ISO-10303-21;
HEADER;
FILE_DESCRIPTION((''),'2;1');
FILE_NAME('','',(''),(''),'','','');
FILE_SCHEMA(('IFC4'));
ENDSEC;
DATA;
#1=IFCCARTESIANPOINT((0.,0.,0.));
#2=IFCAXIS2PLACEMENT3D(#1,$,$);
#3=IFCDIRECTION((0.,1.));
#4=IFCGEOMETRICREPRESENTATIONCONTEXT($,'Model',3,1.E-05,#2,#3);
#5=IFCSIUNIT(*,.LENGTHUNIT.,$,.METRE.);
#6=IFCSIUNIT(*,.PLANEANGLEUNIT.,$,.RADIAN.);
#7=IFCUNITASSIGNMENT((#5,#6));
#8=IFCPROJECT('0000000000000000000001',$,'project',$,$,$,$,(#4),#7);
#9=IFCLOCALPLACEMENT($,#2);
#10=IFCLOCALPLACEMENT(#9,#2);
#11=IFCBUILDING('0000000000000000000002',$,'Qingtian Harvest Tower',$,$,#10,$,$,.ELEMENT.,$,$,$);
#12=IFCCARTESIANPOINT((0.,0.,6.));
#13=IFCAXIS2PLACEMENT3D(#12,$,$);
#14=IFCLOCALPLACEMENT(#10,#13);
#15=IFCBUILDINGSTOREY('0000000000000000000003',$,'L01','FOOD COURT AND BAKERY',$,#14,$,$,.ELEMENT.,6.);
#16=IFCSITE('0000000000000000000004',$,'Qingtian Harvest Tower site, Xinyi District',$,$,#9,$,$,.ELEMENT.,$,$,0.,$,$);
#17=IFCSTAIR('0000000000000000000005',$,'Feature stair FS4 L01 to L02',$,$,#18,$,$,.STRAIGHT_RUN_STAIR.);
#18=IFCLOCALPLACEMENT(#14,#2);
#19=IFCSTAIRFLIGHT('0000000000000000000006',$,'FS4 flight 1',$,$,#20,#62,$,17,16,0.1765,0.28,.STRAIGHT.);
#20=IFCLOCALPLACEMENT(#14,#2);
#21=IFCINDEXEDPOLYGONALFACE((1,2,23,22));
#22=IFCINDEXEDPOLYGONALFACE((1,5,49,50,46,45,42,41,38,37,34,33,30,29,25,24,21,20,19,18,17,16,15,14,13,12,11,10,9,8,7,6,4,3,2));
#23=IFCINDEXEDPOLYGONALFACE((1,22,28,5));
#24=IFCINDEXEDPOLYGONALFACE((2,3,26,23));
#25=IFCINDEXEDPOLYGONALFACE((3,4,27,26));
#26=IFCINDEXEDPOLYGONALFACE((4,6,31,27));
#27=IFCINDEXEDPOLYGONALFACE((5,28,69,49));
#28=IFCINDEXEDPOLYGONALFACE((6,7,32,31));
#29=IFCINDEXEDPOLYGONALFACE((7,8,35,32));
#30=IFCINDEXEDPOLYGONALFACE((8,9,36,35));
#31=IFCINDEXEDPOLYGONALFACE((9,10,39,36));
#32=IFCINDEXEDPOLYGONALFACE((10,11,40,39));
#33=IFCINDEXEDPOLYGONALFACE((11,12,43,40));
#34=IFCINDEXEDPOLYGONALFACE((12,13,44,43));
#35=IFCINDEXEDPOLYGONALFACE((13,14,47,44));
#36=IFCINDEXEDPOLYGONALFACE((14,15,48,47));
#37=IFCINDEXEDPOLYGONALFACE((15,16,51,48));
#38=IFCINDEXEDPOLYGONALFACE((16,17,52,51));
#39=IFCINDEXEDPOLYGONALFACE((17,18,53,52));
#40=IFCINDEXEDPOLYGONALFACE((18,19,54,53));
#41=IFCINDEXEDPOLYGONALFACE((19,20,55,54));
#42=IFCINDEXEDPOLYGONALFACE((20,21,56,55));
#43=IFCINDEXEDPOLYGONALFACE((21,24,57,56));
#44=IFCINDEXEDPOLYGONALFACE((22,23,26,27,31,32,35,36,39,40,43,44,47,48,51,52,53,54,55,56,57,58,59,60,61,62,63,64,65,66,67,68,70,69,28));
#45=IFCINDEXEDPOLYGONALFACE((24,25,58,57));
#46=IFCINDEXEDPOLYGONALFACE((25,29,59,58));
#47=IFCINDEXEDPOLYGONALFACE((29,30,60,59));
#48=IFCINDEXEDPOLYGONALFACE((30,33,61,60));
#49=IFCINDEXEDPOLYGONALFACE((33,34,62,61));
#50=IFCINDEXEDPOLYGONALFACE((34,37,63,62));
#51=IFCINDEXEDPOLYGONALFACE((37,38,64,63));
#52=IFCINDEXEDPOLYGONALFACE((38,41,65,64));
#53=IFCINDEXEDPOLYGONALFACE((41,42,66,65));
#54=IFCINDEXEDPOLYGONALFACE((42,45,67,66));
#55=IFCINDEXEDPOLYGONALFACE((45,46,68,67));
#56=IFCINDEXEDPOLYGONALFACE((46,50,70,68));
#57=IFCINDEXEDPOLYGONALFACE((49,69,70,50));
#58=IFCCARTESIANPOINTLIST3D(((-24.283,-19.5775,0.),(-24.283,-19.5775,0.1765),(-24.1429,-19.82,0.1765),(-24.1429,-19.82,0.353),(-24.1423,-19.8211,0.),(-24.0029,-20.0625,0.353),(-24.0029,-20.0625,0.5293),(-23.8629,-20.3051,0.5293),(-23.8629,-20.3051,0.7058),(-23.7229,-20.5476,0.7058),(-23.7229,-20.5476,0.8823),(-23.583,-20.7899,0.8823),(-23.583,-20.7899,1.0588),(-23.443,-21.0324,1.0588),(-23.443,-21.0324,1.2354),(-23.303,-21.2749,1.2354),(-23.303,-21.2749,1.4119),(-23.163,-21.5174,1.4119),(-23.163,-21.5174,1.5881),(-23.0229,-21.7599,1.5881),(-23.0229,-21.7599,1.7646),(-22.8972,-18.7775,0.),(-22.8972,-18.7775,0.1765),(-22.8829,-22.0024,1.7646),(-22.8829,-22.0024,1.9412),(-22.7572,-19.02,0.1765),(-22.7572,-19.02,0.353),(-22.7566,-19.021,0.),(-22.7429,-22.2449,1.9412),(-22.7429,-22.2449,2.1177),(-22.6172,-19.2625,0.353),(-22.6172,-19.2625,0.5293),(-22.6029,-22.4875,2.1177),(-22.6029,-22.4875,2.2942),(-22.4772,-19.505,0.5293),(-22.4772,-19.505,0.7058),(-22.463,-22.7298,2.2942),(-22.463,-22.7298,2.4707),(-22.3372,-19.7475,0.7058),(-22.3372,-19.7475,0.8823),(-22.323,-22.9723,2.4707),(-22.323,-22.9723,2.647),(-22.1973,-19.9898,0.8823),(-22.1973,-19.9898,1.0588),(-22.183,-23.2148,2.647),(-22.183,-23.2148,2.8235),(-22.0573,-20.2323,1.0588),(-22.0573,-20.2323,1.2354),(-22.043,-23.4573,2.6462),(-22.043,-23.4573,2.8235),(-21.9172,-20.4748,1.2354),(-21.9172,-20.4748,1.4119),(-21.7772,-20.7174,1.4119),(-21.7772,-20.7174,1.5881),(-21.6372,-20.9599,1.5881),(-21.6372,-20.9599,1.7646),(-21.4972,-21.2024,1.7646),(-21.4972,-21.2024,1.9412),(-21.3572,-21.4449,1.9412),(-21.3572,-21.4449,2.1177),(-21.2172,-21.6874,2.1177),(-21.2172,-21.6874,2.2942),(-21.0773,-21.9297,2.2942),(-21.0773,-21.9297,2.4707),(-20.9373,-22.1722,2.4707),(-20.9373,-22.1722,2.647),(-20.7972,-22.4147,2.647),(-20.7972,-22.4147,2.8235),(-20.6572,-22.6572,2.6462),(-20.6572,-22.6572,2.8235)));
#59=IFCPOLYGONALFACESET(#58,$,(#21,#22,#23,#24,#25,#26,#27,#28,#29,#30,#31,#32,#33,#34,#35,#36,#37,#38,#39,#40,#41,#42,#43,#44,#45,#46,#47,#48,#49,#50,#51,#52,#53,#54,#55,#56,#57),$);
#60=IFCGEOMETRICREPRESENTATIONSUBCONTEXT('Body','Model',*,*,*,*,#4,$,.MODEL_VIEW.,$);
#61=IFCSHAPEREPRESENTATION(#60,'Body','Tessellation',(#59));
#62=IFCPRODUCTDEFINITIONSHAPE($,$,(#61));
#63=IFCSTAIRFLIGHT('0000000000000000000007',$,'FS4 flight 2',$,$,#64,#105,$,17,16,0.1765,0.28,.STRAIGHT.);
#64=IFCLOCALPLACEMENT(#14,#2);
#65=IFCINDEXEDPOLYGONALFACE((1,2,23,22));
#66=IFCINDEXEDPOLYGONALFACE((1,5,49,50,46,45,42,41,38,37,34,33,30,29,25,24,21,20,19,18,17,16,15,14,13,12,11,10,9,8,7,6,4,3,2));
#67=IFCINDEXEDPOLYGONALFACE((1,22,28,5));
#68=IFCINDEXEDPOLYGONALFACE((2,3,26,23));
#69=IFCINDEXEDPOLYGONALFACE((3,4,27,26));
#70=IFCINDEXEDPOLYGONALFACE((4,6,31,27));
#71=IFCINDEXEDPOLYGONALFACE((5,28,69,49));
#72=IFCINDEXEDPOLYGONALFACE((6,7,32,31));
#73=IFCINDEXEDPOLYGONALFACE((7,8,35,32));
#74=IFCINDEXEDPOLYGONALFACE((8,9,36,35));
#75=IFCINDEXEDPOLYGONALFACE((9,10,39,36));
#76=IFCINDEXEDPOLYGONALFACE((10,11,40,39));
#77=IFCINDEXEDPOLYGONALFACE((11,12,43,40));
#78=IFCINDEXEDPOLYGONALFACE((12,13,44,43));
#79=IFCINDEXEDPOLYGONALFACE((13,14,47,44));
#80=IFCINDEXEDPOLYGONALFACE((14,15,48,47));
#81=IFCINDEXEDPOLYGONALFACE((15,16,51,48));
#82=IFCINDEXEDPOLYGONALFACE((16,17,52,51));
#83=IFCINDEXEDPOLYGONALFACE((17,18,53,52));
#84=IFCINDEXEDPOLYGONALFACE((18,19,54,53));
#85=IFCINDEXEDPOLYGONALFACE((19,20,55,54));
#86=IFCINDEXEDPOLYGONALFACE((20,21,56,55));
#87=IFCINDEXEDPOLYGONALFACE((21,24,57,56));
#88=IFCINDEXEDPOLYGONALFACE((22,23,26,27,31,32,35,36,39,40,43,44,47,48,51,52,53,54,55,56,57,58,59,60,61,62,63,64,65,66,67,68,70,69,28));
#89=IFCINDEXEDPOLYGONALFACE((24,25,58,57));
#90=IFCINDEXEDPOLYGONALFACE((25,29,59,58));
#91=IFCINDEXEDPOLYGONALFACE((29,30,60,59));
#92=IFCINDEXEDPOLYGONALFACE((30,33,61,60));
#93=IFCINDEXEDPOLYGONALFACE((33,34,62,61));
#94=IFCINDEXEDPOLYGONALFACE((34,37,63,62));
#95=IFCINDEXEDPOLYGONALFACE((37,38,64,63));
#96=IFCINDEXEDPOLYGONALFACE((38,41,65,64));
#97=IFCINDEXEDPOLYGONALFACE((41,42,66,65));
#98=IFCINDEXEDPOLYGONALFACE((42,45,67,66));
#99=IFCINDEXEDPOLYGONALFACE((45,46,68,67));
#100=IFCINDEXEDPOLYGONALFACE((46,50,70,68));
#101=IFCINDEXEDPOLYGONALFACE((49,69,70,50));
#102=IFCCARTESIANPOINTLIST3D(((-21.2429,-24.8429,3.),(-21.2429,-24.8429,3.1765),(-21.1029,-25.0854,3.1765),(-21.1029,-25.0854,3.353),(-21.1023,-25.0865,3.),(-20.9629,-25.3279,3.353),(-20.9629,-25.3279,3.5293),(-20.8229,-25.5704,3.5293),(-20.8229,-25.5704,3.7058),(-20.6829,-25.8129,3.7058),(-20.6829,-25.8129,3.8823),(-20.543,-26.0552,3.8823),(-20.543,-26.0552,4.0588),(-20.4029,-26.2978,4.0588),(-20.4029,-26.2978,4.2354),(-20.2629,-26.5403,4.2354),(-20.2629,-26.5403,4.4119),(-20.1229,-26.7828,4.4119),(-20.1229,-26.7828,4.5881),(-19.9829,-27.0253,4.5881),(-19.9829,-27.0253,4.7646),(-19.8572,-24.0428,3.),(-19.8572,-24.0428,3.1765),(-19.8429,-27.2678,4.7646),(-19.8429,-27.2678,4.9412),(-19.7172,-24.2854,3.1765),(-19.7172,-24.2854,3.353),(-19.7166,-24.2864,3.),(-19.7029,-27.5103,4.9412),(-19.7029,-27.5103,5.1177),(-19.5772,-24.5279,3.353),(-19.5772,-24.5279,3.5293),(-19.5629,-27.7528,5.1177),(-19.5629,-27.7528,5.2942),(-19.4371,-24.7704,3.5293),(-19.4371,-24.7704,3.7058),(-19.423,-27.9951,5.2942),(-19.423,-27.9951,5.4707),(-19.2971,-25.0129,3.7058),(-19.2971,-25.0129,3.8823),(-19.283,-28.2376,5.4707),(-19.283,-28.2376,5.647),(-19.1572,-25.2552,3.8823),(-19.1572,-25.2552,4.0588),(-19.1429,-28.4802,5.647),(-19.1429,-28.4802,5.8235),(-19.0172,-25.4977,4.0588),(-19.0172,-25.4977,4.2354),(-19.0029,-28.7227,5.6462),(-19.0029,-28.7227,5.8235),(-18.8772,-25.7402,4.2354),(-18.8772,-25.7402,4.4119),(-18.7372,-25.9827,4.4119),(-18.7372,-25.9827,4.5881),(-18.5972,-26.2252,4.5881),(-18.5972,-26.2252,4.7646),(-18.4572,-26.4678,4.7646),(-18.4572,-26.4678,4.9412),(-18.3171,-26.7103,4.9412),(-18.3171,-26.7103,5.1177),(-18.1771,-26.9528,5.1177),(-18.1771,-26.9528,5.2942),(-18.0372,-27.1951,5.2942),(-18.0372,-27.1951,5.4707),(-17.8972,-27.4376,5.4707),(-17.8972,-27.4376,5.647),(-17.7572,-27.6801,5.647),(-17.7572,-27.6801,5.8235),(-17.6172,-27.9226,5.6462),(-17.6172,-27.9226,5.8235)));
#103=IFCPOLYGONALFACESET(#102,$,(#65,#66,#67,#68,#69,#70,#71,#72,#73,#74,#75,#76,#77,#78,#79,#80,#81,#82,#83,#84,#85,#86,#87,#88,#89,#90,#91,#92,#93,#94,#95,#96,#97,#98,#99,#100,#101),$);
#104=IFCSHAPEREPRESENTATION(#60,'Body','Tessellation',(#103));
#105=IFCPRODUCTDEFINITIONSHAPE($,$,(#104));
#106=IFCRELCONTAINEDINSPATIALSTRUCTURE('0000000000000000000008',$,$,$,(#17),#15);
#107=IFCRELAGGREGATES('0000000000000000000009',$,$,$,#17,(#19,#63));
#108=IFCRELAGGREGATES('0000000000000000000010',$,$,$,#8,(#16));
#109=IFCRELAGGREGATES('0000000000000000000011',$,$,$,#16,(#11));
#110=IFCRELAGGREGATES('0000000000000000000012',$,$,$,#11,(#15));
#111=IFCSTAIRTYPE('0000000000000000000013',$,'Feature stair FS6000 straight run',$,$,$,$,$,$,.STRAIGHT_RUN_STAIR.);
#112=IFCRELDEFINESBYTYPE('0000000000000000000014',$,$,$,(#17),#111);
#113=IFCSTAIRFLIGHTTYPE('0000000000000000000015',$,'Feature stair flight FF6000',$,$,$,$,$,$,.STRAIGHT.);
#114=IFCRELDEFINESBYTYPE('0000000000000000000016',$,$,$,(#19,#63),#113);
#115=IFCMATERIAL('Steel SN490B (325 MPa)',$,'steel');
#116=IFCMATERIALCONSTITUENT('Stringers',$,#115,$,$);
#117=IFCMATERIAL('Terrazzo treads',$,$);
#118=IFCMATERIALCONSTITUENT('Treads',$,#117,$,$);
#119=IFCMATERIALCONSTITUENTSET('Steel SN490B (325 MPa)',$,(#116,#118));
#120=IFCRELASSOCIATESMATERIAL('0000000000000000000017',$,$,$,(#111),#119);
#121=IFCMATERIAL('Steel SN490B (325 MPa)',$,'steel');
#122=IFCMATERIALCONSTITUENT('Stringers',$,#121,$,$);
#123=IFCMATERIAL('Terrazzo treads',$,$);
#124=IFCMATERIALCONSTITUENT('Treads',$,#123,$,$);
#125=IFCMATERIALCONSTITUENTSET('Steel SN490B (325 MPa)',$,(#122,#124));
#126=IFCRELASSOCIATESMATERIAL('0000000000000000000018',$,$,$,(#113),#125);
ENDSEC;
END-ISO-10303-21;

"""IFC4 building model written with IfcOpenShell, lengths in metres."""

from ifc_helpers import new_model, si_unit, direction, frame, origin, place, context, subcontext, project, spatial, polyline, outline, extrude, material, constituent, constituent_set, type_object, element, aggregate, save


model = new_model("IFC4")

# Units and contexts
model_context = context("Model", 3, precision=1e-05, world=origin(), true_north=direction((0.0, 1.0)))
body_context = subcontext(model_context, "Body", "Model", "MODEL_VIEW")
ifc_project = project(units=[si_unit("LENGTHUNIT", "METRE"), si_unit("PLANEANGLEUNIT", "RADIAN")], contexts=[model_context])

# Site, building, storey
site_placement = place(None, origin())
site = spatial("IfcSite", under=ifc_project, at=site_placement, Name="Qingtian Harvest Tower site, Xinyi District", CompositionType="ELEMENT", RefElevation=0.0)
building_placement = place(site_placement, origin())
building = spatial("IfcBuilding", under=site, at=building_placement, Name="Qingtian Harvest Tower", CompositionType="ELEMENT")
storey_placement = place(building_placement, frame((0.0, 0.0, 6.0)))
storey = spatial("IfcBuildingStorey", under=building, at=storey_placement, Name="L01", Description="FOOD COURT AND BAKERY", CompositionType="ELEMENT", Elevation=6.0)

# Stair, stair flights
ifc_material_1 = material(Name="Steel SN490B (325 MPa)", Category="steel")
ifc_constituent_1 = constituent(ifc_material_1, Name="Stringers")
ifc_material_2 = material(Name="Terrazzo treads")
ifc_constituent_2 = constituent(ifc_material_2, Name="Treads")
ifc_constituent_set_1 = constituent_set(constituents=[ifc_constituent_1, ifc_constituent_2], Name="Steel SN490B (325 MPa)")
stair_type = type_object("IfcStairType", Name="Feature stair FS6000 straight run", PredefinedType="STRAIGHT_RUN_STAIR", material=ifc_constituent_set_1)
stair_placement = place(storey_placement, origin())
stair = element("IfcStair", 1, at=stair_placement, inside=storey, type_object=stair_type, Name="Feature stair FS4 L01 to L02", PredefinedType="STRAIGHT_RUN_STAIR")
ifc_material_3 = material(Name="Steel SN490B (325 MPa)", Category="steel")
ifc_constituent_3 = constituent(ifc_material_3, Name="Stringers")
ifc_material_4 = material(Name="Terrazzo treads")
ifc_constituent_4 = constituent(ifc_material_4, Name="Treads")
ifc_constituent_set_2 = constituent_set(constituents=[ifc_constituent_3, ifc_constituent_4], Name="Steel SN490B (325 MPa)")
stair_flight_type = type_object("IfcStairFlightType", Name="Feature stair flight FF6000", PredefinedType="STRAIGHT", material=ifc_constituent_set_2)
stair_flight_1_placement = place(storey_placement, frame((-23.5901, -19.1775, 0.0), z_axis=(0.0, 0.0, 1.0), x_axis=(0.5, -0.866025, 0.0)))
stair_flight_1 = element("IfcStairFlight", 2, at=stair_flight_1_placement, type_object=stair_flight_type, Name="FS4 flight 1", NumberOfRisers=17, NumberOfTreads=16, PredefinedType="STRAIGHT", RiserHeight=0.1765, TreadLength=0.28, context=body_context, shape_type="SweptSolid", body=[
    extrude(outline(polyline([(0.0, 0.0), (0.0, 0.1765), (0.28, 0.1765), (0.28, 0.353), (0.5601, 0.353), (0.5601, 0.5293), (0.8401, 0.5293), (0.8401, 0.7058), (1.1201, 0.7058), (1.1201, 0.8823), (1.3999, 0.8823), (1.3999, 1.0588), (1.6799, 1.0588), (1.6799, 1.2354), (1.96, 1.2354), (1.96, 1.4119), (2.24, 1.4119), (2.24, 1.5881), (2.52, 1.5881), (2.52, 1.7646), (2.8, 1.7646), (2.8, 1.9412), (3.0801, 1.9412), (3.0801, 2.1177), (3.3601, 2.1177), (3.3601, 2.2942), (3.6399, 2.2942), (3.6399, 2.4707), (3.9199, 2.4707), (3.9199, 2.647), (4.2, 2.647), (4.2, 2.8235), (4.48, 2.8235), (4.48, 3.0), (4.48, 2.6462), (0.2812, 0.0), (0.0, 0.0)])), frame((0.0, 0.8, 0.0), z_axis=(0.0, -1.0, 0.0), x_axis=(1.0, 0.0, 0.0)), (0.0, 0.0, 1.0), 1.6001),
])
stair_flight_2_placement = place(storey_placement, frame((-20.55, -24.4429, 3.0), z_axis=(0.0, 0.0, 1.0), x_axis=(0.5, -0.866025, 0.0)))
stair_flight_2 = element("IfcStairFlight", 3, at=stair_flight_2_placement, type_object=stair_flight_type, Name="FS4 flight 2", NumberOfRisers=17, NumberOfTreads=16, PredefinedType="STRAIGHT", RiserHeight=0.1765, TreadLength=0.28, context=body_context, shape_type="SweptSolid", body=[
    extrude(outline(polyline([(0.0, 0.0), (0.0, 0.1765), (0.28, 0.1765), (0.28, 0.353), (0.5601, 0.353), (0.5601, 0.5293), (0.8401, 0.5293), (0.8401, 0.7058), (1.1201, 0.7058), (1.1201, 0.8823), (1.3999, 0.8823), (1.3999, 1.0588), (1.6799, 1.0588), (1.6799, 1.2354), (1.96, 1.2354), (1.96, 1.4119), (2.24, 1.4119), (2.24, 1.5881), (2.52, 1.5881), (2.52, 1.7646), (2.8, 1.7646), (2.8, 1.9412), (3.0801, 1.9412), (3.0801, 2.1177), (3.3601, 2.1177), (3.3601, 2.2942), (3.6399, 2.2942), (3.6399, 2.4707), (3.9199, 2.4707), (3.9199, 2.647), (4.2, 2.647), (4.2, 2.8235), (4.48, 2.8235), (4.48, 3.0), (4.48, 2.6462), (0.2812, 0.0), (0.0, 0.0)])), frame((0.0, 0.8, 0.0), z_axis=(0.0, -1.0, 0.0), x_axis=(1.0, 0.0, 0.0)), (0.0, 0.0, 1.0), 1.6001),
])
aggregate(stair, [stair_flight_1, stair_flight_2])

save(model, "model.ifc")
